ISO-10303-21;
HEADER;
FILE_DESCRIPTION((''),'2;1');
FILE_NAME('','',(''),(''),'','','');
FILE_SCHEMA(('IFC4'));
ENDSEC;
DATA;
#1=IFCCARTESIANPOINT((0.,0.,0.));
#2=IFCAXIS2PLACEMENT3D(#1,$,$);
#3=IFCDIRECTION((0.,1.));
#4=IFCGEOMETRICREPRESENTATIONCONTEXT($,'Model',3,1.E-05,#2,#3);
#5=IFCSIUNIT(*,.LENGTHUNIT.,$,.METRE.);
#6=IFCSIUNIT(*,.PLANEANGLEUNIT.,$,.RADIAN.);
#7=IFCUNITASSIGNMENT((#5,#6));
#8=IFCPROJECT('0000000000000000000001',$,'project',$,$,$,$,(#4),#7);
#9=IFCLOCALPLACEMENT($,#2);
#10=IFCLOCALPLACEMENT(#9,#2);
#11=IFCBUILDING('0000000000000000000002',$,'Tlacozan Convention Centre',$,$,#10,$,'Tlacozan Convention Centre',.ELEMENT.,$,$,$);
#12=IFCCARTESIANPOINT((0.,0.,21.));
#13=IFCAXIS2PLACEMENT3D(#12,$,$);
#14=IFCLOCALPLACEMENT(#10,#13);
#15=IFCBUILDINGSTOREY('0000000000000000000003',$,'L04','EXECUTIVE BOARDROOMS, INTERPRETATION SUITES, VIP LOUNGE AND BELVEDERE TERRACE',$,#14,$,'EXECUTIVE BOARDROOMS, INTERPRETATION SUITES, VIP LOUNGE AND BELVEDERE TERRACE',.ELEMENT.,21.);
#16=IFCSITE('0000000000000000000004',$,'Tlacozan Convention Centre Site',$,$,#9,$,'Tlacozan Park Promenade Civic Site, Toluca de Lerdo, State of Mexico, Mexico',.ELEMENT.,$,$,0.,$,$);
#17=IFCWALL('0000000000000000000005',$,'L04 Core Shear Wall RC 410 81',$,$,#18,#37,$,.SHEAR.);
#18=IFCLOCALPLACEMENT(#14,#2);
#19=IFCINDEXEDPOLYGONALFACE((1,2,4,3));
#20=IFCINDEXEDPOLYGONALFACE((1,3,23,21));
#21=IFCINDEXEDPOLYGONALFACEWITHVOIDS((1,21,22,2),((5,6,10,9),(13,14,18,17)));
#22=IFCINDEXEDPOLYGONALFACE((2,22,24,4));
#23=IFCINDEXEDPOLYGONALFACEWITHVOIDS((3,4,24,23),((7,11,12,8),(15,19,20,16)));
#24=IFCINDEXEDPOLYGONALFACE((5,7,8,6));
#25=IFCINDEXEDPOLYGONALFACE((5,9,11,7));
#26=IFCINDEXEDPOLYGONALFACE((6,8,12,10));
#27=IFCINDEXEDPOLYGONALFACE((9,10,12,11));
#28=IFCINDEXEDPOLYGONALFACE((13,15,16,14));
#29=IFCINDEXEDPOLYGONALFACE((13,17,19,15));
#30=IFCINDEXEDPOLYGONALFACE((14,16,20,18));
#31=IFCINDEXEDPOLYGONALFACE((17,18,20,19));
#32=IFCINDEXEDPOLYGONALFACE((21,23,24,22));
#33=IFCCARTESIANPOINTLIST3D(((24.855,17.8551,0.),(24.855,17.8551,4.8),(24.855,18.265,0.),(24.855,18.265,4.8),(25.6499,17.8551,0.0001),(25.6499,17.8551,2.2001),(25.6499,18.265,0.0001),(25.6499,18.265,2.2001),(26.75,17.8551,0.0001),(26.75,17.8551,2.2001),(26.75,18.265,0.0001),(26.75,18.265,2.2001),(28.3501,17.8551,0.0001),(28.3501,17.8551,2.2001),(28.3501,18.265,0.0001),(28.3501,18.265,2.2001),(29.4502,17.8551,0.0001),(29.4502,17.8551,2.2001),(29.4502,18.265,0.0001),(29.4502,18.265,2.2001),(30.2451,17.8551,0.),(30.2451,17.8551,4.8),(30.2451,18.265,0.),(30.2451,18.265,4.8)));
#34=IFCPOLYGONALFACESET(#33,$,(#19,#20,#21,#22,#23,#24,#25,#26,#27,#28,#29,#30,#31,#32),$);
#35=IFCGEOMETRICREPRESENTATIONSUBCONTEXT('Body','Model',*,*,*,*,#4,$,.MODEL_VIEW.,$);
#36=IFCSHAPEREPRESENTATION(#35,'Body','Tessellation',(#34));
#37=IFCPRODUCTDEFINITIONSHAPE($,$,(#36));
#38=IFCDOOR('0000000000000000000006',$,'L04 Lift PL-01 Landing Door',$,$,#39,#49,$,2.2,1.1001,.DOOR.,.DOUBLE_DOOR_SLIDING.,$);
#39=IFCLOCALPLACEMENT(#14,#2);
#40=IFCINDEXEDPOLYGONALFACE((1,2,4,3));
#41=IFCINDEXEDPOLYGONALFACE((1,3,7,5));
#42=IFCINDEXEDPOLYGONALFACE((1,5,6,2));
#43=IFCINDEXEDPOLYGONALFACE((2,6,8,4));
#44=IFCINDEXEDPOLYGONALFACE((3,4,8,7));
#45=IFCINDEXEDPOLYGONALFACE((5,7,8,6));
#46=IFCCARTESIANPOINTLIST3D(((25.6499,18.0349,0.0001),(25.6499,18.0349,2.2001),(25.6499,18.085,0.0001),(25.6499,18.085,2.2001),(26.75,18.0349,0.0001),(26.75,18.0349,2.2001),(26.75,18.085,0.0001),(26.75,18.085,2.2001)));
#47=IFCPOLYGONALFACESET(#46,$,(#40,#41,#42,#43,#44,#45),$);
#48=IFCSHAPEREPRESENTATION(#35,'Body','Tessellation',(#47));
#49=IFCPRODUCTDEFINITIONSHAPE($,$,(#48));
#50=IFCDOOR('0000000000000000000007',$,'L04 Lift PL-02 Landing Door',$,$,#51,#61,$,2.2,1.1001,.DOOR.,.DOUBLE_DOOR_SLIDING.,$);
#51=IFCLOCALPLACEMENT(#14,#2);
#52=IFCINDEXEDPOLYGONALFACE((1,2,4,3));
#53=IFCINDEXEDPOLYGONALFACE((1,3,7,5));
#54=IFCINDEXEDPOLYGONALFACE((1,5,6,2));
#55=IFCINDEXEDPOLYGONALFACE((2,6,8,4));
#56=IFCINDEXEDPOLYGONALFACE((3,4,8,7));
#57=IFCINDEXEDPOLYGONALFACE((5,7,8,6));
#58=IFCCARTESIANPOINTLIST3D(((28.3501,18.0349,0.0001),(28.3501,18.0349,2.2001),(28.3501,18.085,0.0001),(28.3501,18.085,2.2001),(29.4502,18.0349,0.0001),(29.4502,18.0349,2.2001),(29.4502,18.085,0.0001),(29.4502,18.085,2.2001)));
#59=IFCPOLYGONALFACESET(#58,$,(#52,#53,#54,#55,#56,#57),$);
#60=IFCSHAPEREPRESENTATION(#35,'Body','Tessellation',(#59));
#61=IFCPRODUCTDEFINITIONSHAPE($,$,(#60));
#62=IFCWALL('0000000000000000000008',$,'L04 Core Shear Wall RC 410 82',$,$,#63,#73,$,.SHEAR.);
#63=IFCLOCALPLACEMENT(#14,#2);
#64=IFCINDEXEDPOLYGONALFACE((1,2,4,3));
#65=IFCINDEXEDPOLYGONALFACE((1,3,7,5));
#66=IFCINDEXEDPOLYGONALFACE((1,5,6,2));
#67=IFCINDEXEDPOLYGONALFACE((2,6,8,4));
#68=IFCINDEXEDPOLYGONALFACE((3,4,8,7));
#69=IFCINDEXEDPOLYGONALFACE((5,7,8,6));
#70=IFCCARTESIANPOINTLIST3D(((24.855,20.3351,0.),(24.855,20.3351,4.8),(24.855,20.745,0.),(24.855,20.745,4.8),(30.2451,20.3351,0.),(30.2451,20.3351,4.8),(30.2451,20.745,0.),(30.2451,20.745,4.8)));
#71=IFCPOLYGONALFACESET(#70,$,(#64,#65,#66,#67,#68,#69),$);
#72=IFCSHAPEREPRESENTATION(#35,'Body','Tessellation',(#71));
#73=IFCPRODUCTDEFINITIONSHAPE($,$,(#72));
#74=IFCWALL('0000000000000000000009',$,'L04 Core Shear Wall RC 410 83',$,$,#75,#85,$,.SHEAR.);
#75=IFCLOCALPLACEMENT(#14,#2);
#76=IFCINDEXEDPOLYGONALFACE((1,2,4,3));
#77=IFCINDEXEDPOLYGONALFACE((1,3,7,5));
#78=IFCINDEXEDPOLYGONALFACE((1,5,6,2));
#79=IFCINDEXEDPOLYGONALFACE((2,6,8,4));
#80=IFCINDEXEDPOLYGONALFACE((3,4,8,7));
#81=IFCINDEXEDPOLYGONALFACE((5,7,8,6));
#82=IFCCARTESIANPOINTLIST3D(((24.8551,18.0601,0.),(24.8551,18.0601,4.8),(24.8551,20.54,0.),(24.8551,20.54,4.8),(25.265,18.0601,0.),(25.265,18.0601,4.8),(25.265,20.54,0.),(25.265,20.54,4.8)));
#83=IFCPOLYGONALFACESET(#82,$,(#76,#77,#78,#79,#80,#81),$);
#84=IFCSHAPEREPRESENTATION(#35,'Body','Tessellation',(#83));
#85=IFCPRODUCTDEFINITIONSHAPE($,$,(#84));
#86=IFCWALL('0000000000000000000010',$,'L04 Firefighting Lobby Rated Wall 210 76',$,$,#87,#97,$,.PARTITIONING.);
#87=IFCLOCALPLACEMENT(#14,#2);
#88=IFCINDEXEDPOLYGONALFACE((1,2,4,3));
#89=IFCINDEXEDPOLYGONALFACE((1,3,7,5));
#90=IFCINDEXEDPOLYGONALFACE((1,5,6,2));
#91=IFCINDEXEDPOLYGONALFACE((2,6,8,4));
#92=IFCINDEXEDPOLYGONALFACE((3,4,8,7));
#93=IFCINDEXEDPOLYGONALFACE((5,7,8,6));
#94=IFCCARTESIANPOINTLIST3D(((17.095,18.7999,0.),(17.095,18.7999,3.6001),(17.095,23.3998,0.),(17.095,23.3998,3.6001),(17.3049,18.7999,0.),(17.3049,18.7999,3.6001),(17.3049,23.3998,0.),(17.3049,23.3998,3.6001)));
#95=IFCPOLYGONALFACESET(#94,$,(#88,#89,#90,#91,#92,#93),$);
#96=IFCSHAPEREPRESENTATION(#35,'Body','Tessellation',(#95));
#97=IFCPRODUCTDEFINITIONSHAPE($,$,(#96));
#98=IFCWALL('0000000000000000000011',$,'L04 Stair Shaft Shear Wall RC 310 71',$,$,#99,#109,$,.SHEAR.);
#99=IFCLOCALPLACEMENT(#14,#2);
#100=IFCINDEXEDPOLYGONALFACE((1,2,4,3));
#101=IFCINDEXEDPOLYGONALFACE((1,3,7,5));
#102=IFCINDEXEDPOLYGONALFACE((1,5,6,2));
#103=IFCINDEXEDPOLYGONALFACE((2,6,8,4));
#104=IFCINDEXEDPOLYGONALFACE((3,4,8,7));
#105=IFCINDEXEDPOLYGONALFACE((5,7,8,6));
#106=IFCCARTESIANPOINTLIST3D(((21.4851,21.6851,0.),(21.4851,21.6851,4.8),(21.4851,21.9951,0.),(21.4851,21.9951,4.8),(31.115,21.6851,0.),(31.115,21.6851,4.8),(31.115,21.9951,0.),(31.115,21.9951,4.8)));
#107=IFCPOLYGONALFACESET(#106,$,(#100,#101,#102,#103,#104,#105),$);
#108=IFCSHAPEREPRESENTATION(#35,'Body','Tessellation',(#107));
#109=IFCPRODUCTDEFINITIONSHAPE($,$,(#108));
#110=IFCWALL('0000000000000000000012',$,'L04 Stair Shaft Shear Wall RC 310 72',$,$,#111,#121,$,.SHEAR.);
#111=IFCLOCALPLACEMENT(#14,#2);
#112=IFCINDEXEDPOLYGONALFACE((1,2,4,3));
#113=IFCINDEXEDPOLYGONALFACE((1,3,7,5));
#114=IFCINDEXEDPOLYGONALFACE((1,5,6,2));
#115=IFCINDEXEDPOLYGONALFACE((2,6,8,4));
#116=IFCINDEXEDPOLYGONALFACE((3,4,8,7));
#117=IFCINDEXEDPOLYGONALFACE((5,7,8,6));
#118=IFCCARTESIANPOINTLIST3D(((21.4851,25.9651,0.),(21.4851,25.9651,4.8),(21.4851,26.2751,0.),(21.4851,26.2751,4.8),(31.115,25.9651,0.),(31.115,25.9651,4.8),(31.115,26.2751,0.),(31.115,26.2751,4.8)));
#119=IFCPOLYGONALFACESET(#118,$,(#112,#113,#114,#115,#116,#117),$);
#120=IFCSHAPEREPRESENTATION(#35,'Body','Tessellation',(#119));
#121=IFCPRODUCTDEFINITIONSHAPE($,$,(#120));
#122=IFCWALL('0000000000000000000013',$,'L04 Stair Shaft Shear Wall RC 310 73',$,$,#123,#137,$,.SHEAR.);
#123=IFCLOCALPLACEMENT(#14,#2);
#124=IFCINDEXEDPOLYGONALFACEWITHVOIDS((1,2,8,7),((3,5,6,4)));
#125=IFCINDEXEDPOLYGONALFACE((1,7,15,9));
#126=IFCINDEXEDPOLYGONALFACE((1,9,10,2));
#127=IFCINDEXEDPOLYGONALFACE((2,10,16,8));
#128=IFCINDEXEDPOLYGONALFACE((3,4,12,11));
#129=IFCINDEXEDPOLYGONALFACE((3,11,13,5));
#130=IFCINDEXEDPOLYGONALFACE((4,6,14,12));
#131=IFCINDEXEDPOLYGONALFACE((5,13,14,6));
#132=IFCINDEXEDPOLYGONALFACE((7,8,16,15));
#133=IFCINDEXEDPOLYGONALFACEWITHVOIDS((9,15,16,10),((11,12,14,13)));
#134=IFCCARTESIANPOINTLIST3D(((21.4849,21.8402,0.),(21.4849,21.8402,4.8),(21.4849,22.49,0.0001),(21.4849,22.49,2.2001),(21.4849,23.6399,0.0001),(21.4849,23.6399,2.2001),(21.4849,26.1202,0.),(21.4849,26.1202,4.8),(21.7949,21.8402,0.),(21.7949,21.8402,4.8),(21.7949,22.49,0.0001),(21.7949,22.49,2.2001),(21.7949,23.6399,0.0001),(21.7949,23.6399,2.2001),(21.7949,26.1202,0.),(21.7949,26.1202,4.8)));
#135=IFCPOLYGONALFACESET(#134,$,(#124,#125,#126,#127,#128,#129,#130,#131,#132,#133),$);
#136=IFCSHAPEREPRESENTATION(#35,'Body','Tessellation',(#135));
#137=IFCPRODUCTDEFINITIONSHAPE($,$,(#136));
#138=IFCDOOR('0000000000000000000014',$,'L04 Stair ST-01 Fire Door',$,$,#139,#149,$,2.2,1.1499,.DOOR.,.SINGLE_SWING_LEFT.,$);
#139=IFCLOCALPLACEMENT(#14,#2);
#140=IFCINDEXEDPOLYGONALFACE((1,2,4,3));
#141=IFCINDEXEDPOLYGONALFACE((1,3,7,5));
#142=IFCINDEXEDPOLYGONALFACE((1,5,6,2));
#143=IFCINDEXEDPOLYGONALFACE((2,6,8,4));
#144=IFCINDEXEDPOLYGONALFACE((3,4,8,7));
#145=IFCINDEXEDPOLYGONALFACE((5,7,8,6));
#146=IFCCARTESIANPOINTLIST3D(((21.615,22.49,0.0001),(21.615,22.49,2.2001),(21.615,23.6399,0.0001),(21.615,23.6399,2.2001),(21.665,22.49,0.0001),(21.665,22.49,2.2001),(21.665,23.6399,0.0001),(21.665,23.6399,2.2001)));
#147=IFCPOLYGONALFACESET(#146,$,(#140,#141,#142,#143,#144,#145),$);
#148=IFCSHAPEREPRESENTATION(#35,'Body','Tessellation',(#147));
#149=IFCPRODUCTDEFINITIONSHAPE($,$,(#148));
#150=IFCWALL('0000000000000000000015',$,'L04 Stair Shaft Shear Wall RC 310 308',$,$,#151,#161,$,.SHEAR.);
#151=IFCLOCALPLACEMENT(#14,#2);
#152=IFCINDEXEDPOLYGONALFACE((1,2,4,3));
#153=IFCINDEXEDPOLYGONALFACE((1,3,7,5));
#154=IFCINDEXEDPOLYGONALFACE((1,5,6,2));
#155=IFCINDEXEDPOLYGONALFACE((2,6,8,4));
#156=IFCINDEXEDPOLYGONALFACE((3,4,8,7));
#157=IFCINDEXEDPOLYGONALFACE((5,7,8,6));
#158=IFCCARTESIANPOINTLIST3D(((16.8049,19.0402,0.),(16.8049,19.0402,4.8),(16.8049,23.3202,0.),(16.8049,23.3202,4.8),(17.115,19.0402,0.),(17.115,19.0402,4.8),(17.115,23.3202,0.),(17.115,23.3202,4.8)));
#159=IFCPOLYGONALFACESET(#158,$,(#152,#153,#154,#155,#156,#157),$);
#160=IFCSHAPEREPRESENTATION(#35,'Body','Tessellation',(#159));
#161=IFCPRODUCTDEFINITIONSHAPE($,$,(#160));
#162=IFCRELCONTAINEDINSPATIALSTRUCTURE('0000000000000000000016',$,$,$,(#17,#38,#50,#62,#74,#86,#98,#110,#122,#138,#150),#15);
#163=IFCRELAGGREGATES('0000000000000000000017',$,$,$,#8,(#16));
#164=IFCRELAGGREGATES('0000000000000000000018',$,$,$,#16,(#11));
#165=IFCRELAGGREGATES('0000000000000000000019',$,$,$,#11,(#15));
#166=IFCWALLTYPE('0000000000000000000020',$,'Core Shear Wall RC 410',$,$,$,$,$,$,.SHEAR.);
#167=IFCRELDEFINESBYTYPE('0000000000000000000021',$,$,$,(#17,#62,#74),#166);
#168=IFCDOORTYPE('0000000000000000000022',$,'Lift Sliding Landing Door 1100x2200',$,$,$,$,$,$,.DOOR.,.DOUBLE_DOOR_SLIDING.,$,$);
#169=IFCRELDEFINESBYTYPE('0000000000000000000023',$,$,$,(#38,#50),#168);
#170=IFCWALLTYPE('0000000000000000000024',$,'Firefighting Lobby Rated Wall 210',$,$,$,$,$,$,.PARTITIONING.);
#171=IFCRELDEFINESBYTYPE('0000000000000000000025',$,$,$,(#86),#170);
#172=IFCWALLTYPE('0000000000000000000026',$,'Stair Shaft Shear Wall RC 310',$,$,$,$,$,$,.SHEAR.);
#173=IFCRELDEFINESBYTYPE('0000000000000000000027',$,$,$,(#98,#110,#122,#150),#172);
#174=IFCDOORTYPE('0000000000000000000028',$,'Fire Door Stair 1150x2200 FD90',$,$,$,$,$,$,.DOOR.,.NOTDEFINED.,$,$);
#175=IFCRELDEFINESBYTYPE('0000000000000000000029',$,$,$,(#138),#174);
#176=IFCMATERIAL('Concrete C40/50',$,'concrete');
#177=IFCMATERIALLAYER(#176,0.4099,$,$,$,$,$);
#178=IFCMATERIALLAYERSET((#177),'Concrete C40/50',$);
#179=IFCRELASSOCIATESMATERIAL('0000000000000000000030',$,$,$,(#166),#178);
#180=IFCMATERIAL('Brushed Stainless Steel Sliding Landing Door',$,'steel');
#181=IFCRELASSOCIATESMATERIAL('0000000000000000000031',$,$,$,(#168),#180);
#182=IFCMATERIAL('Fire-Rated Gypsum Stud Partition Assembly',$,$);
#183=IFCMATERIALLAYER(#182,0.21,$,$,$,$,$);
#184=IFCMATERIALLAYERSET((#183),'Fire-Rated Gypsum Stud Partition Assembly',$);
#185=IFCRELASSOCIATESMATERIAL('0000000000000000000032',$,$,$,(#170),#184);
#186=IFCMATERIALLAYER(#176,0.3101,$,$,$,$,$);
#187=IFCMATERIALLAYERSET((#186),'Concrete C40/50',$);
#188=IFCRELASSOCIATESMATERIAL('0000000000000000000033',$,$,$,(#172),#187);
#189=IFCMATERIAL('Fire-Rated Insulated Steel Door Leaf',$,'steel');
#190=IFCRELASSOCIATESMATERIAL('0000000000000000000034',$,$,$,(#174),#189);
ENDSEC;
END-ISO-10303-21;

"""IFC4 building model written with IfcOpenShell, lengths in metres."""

from ifc_helpers import new_model, si_unit, direction, frame, frame_2d, origin, place, context, subcontext, project, spatial, rectangle, extrude, material, layer, layer_set, type_object, element, fill, save


model = new_model("IFC4")

# Units and contexts
model_context = context("Model", 3, precision=1e-05, world=origin(), true_north=direction((0.0, 1.0)))
body_context = subcontext(model_context, "Body", "Model", "MODEL_VIEW")
ifc_project = project(units=[si_unit("LENGTHUNIT", "METRE"), si_unit("PLANEANGLEUNIT", "RADIAN")], contexts=[model_context])

# Site, building, storey
site_placement = place(None, origin())
site = spatial("IfcSite", under=ifc_project, at=site_placement, Name="Tlacozan Convention Centre Site", LongName="Tlacozan Park Promenade Civic Site, Toluca de Lerdo, State of Mexico, Mexico", CompositionType="ELEMENT", RefElevation=0.0)
building_placement = place(site_placement, origin())
building = spatial("IfcBuilding", under=site, at=building_placement, Name="Tlacozan Convention Centre", LongName="Tlacozan Convention Centre", CompositionType="ELEMENT")
storey_placement = place(building_placement, frame((0.0, 0.0, 21.0)))
storey = spatial("IfcBuildingStorey", under=building, at=storey_placement, Name="L04", Description="EXECUTIVE BOARDROOMS, INTERPRETATION SUITES, VIP LOUNGE AND BELVEDERE TERRACE", LongName="EXECUTIVE BOARDROOMS, INTERPRETATION SUITES, VIP LOUNGE AND BELVEDERE TERRACE", CompositionType="ELEMENT", Elevation=21.0)

# Shared definitions
ifc_material_1 = material(Name="Concrete C40/50", Category="concrete")

# Shared definitions
ifc_layer_1 = layer(ifc_material_1, 0.4099)
ifc_layer_set_1 = layer_set([ifc_layer_1], Name="Concrete C40/50")
wall_type_1 = type_object("IfcWallType", Name="Core Shear Wall RC 410", PredefinedType="SHEAR", material=ifc_layer_set_1)
ifc_material_2 = material(Name="Brushed Stainless Steel Sliding Landing Door", Category="steel")

# Wall, openings, doors
wall_1_placement = place(storey_placement, frame((24.855, 18.0601, 0.0), z_axis=(0.0, 0.0, 1.0), x_axis=(1.0, 0.0, 0.0)))
wall_1 = element("IfcWall", 1, at=wall_1_placement, inside=storey, type_object=wall_type_1, Name="L04 Core Shear Wall RC 410 81", PredefinedType="SHEAR", context=body_context, shape_type="SweptSolid", body=[
    extrude(rectangle(XDim=5.3901, YDim=0.4099, at=frame_2d((2.6951, 0.0))), origin(), (0.0, 0.0, 1.0), 4.8),
])
opening_1_placement = place(wall_1_placement, frame((0.7949, 0.0, 0.0)))
opening_1 = element("IfcOpeningElement", 2, at=opening_1_placement, cuts=wall_1, PredefinedType="OPENING", context=body_context, shape_type="SweptSolid", body=[
    extrude(rectangle(XDim=1.1001, YDim=2.2, at=frame_2d((0.55, 1.1001))), frame((0.0, 0.2148, 0.0), z_axis=(0.0, -1.0, 0.0), x_axis=(1.0, 0.0, 0.0)), (0.0, 0.0, 1.0), 0.4299),
])
opening_2_placement = place(wall_1_placement, frame((3.4951, 0.0, 0.0)))
opening_2 = element("IfcOpeningElement", 3, at=opening_2_placement, cuts=wall_1, PredefinedType="OPENING", context=body_context, shape_type="SweptSolid", body=[
    extrude(rectangle(XDim=1.1001, YDim=2.2, at=frame_2d((0.55, 1.1001))), frame((0.0, 0.2148, 0.0), z_axis=(0.0, -1.0, 0.0), x_axis=(1.0, 0.0, 0.0)), (0.0, 0.0, 1.0), 0.4299),
])
door_type_1 = type_object("IfcDoorType", Name="Lift Sliding Landing Door 1100x2200", OperationType="DOUBLE_DOOR_SLIDING", PredefinedType="DOOR", material=ifc_material_2)
door_1_placement = place(opening_1_placement, origin())
door_1 = element("IfcDoor", 4, at=door_1_placement, inside=storey, type_object=door_type_1, Name="L04 Lift PL-01 Landing Door", OperationType="DOUBLE_DOOR_SLIDING", OverallHeight=2.2, OverallWidth=1.1001, PredefinedType="DOOR", context=body_context, shape_type="SweptSolid", body=[
    extrude(rectangle(XDim=1.1001, YDim=2.2, at=frame_2d((0.55, 1.1001))), frame((0.0, 0.0249, 0.0), z_axis=(0.0, -1.0, 0.0), x_axis=(1.0, 0.0, 0.0)), (0.0, 0.0, 1.0), 0.05),
])
fill(opening_1, door_1)
door_2_placement = place(opening_2_placement, origin())
door_2 = element("IfcDoor", 5, at=door_2_placement, inside=storey, type_object=door_type_1, Name="L04 Lift PL-02 Landing Door", OperationType="DOUBLE_DOOR_SLIDING", OverallHeight=2.2, OverallWidth=1.1001, PredefinedType="DOOR", context=body_context, shape_type="SweptSolid", body=[
    extrude(rectangle(XDim=1.1001, YDim=2.2, at=frame_2d((0.55, 1.1001))), frame((0.0, 0.0249, 0.0), z_axis=(0.0, -1.0, 0.0), x_axis=(1.0, 0.0, 0.0)), (0.0, 0.0, 1.0), 0.05),
])
fill(opening_2, door_2)

# Walls
wall_2_placement = place(storey_placement, frame((24.855, 20.54, 0.0), z_axis=(0.0, 0.0, 1.0), x_axis=(1.0, 0.0, 0.0)))
element("IfcWall", 6, at=wall_2_placement, inside=storey, type_object=wall_type_1, Name="L04 Core Shear Wall RC 410 82", PredefinedType="SHEAR", context=body_context, shape_type="SweptSolid", body=[
    extrude(rectangle(XDim=5.3901, YDim=0.4099, at=frame_2d((2.6951, 0.0))), origin(), (0.0, 0.0, 1.0), 4.8),
])
wall_3_placement = place(storey_placement, frame((25.0601, 18.0601, 0.0), z_axis=(0.0, 0.0, 1.0), x_axis=(0.0, 1.0, 0.0)))
element("IfcWall", 7, at=wall_3_placement, inside=storey, type_object=wall_type_1, Name="L04 Core Shear Wall RC 410 83", PredefinedType="SHEAR", context=body_context, shape_type="SweptSolid", body=[
    extrude(rectangle(XDim=2.48, YDim=0.4099, at=frame_2d((1.24, 0.0))), origin(), (0.0, 0.0, 1.0), 4.8),
])

# Shared definitions
ifc_material_3 = material(Name="Fire-Rated Gypsum Stud Partition Assembly")
ifc_layer_2 = layer(ifc_material_3, 0.21)
ifc_layer_set_2 = layer_set([ifc_layer_2], Name="Fire-Rated Gypsum Stud Partition Assembly")
wall_type_2 = type_object("IfcWallType", Name="Firefighting Lobby Rated Wall 210", PredefinedType="PARTITIONING", material=ifc_layer_set_2)
ifc_material_4 = material(Name="Fire-Rated Insulated Steel Door Leaf", Category="steel")

# Walls
wall_4_placement = place(storey_placement, frame((17.2, 18.8, 0.0), z_axis=(0.0, 0.0, 1.0), x_axis=(0.0, 1.0, 0.0)))
element("IfcWall", 8, at=wall_4_placement, inside=storey, type_object=wall_type_2, Name="L04 Firefighting Lobby Rated Wall 210 76", PredefinedType="PARTITIONING", context=body_context, shape_type="SweptSolid", body=[
    extrude(rectangle(XDim=4.5999, YDim=0.21, at=frame_2d((2.2998, 0.0))), origin(), (0.0, 0.0, 1.0), 3.6001),
])
ifc_layer_3 = layer(ifc_material_1, 0.3101)
ifc_layer_set_3 = layer_set([ifc_layer_3], Name="Concrete C40/50")
wall_type_3 = type_object("IfcWallType", Name="Stair Shaft Shear Wall RC 310", PredefinedType="SHEAR", material=ifc_layer_set_3)
for number, where, z_axis, x_axis, name in (
    (9, (21.4851, 21.8401, 0.0), (0.0, 0.0, 1.0), (1.0, 0.0, 0.0), "L04 Stair Shaft Shear Wall RC 310 71"),
    (10, (21.4851, 26.1201, 0.0), (0.0, 0.0, 1.0), (1.0, 0.0, 0.0), "L04 Stair Shaft Shear Wall RC 310 72"),
):
    element("IfcWall", number, at=place(storey_placement, frame(where, z_axis=z_axis, x_axis=x_axis)), inside=storey, type_object=wall_type_3, Name=name, PredefinedType="SHEAR", context=body_context, shape_type="SweptSolid", body=[
        extrude(rectangle(XDim=9.6299, YDim=0.3101, at=frame_2d((4.8149, 0.0))), origin(), (0.0, 0.0, 1.0), 4.8),
    ])

# Wall, opening, door
wall_5_placement = place(storey_placement, frame((21.6399, 21.8401, 0.0), z_axis=(0.0, 0.0, 1.0), x_axis=(0.0, 1.0, 0.0)))
wall_5 = element("IfcWall", 11, at=wall_5_placement, inside=storey, type_object=wall_type_3, Name="L04 Stair Shaft Shear Wall RC 310 73", PredefinedType="SHEAR", context=body_context, shape_type="SweptSolid", body=[
    extrude(rectangle(XDim=4.28, YDim=0.3101, at=frame_2d((2.1401, 0.0))), origin(), (0.0, 0.0, 1.0), 4.8),
])
opening_3_placement = place(wall_5_placement, frame((0.6499, 0.0, 0.0)))
opening_3 = element("IfcOpeningElement", 12, at=opening_3_placement, cuts=wall_5, PredefinedType="OPENING", context=body_context, shape_type="SweptSolid", body=[
    extrude(rectangle(XDim=1.1499, YDim=2.2, at=frame_2d((0.575, 1.1001))), frame((0.0, 0.165, 0.0), z_axis=(0.0, -1.0, 0.0), x_axis=(1.0, 0.0, 0.0)), (0.0, 0.0, 1.0), 0.3301),
])
door_type_2 = type_object("IfcDoorType", Name="Fire Door Stair 1150x2200 FD90", OperationType="NOTDEFINED", PredefinedType="DOOR", material=ifc_material_4)
door_3_placement = place(opening_3_placement, origin())
door_3 = element("IfcDoor", 13, at=door_3_placement, inside=storey, type_object=door_type_2, Name="L04 Stair ST-01 Fire Door", OperationType="SINGLE_SWING_LEFT", OverallHeight=2.2, OverallWidth=1.1499, PredefinedType="DOOR", context=body_context, shape_type="SweptSolid", body=[
    extrude(rectangle(XDim=1.1499, YDim=2.2, at=frame_2d((0.575, 1.1001))), frame((0.0, 0.0249, 0.0), z_axis=(0.0, -1.0, 0.0), x_axis=(1.0, 0.0, 0.0)), (0.0, 0.0, 1.0), 0.05),
])
fill(opening_3, door_3)

# Wall
wall_6_placement = place(storey_placement, frame((16.96, 19.04, 0.0), z_axis=(0.0, 0.0, 1.0), x_axis=(0.0, 1.0, 0.0)))
element("IfcWall", 14, at=wall_6_placement, inside=storey, type_object=wall_type_3, Name="L04 Stair Shaft Shear Wall RC 310 308", PredefinedType="SHEAR", context=body_context, shape_type="SweptSolid", body=[
    extrude(rectangle(XDim=4.28, YDim=0.3101, at=frame_2d((2.1401, 0.0))), origin(), (0.0, 0.0, 1.0), 4.8),
])

save(model, "model.ifc")
